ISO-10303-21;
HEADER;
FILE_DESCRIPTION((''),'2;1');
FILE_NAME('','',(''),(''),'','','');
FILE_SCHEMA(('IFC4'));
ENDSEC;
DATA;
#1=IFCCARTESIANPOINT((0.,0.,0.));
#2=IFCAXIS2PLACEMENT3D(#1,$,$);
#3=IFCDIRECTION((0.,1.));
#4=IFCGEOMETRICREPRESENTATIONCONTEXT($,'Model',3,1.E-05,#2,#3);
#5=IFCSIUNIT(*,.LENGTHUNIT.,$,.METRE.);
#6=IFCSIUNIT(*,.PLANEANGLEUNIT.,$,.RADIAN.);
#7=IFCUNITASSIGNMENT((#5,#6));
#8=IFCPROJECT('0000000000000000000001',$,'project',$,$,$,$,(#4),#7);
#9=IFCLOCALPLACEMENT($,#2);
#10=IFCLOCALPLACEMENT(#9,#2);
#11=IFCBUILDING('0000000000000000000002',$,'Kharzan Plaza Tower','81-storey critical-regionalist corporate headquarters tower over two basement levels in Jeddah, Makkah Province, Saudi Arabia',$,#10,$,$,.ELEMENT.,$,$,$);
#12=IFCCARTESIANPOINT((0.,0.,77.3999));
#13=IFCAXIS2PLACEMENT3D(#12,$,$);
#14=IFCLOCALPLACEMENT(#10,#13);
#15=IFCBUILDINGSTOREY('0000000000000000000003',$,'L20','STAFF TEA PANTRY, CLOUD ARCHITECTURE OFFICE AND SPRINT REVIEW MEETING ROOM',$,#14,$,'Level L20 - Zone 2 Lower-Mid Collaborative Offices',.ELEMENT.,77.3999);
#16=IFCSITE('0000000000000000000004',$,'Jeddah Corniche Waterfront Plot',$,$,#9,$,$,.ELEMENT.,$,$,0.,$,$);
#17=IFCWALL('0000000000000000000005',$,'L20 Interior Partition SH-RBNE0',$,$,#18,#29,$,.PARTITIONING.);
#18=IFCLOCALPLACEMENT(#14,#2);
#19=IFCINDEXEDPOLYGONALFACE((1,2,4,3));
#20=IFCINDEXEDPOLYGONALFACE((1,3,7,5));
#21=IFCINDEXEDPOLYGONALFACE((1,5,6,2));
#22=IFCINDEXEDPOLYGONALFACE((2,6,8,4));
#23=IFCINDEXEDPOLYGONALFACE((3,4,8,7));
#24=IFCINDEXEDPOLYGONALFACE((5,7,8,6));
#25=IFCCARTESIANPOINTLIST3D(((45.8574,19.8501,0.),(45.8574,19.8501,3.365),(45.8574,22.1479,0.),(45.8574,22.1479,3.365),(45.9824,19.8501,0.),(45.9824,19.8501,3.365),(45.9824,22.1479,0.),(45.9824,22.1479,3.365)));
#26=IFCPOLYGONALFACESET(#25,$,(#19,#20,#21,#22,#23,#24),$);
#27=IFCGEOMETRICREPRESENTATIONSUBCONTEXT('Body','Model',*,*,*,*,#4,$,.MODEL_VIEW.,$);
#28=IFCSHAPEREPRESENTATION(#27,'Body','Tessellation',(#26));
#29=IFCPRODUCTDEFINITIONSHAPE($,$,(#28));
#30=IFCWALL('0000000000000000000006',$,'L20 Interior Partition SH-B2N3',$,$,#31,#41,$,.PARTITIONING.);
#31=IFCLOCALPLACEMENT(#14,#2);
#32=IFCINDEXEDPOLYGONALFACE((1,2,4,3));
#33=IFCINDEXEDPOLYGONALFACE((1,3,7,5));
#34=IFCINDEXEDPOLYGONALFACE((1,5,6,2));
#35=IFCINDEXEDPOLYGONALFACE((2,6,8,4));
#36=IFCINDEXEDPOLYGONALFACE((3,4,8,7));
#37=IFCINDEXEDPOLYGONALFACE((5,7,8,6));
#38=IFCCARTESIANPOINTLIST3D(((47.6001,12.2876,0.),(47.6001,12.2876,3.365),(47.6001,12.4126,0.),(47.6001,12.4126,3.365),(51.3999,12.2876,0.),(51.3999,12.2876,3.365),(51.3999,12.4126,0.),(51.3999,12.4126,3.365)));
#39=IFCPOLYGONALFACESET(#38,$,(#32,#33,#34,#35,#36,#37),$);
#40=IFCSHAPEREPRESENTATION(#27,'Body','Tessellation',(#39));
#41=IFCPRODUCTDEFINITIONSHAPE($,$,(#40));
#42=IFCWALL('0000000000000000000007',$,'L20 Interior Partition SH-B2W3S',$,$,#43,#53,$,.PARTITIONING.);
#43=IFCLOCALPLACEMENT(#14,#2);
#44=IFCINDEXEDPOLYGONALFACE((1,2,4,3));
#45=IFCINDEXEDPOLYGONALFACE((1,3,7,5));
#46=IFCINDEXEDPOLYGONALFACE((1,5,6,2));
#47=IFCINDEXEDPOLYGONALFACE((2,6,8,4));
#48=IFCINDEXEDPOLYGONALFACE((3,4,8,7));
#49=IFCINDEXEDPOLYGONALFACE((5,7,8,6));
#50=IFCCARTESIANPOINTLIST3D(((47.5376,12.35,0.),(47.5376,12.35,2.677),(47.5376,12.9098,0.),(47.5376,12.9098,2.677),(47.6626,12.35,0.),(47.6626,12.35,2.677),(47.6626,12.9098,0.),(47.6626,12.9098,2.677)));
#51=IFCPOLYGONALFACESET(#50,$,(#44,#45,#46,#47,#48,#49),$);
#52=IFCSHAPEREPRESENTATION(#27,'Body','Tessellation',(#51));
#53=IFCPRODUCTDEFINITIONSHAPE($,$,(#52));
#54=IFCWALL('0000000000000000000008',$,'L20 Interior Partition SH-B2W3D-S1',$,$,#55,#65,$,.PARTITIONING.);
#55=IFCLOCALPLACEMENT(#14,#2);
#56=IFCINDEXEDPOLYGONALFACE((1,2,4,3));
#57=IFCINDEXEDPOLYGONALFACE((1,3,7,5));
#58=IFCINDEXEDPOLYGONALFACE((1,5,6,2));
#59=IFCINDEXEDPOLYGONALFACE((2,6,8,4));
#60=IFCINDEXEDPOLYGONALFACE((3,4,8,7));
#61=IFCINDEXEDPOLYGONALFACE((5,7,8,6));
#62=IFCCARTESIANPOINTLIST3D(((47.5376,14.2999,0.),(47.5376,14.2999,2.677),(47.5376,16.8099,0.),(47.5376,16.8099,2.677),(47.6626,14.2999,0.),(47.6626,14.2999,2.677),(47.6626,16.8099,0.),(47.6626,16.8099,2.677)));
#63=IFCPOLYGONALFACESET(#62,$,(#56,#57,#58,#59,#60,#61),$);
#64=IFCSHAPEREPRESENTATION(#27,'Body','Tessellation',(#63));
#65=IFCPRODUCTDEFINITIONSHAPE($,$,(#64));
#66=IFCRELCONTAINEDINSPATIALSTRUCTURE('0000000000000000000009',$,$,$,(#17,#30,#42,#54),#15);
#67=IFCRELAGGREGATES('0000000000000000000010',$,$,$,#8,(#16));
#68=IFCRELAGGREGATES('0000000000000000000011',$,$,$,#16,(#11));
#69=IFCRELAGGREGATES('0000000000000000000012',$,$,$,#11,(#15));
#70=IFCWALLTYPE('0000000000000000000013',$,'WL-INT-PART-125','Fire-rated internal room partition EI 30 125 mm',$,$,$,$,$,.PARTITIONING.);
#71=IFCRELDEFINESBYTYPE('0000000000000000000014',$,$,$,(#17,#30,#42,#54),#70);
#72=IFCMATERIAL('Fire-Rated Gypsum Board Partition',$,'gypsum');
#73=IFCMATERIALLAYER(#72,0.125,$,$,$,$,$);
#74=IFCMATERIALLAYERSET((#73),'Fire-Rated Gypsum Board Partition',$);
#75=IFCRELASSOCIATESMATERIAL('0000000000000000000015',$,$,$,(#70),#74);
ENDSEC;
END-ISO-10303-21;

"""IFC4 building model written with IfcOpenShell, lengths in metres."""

from ifc_helpers import new_model, si_unit, direction, frame, frame_2d, origin, place, context, subcontext, project, spatial, rectangle, extrude, source, transform, mapped, material, layer, layer_set, type_object, element, save


model = new_model("IFC4")

# Units and contexts
model_context = context("Model", 3, precision=1e-05, world=origin(), true_north=direction((0.0, 1.0)))
body_context = subcontext(model_context, "Body", "Model", "MODEL_VIEW")
ifc_project = project(units=[si_unit("LENGTHUNIT", "METRE"), si_unit("PLANEANGLEUNIT", "RADIAN")], contexts=[model_context])

# Site, building, storey
site_placement = place(None, origin())
site = spatial("IfcSite", under=ifc_project, at=site_placement, Name="Jeddah Corniche Waterfront Plot", CompositionType="ELEMENT", RefElevation=0.0)
building_placement = place(site_placement, origin())
building = spatial("IfcBuilding", under=site, at=building_placement, Name="Kharzan Plaza Tower", Description="81-storey critical-regionalist corporate headquarters tower over two basement levels in Jeddah, Makkah Province, Saudi Arabia", CompositionType="ELEMENT")
storey_placement = place(building_placement, frame((0.0, 0.0, 77.3999)))
storey = spatial("IfcBuildingStorey", under=building, at=storey_placement, Name="L20", Description="STAFF TEA PANTRY, CLOUD ARCHITECTURE OFFICE AND SPRINT REVIEW MEETING ROOM", LongName="Level L20 - Zone 2 Lower-Mid Collaborative Offices", CompositionType="ELEMENT", Elevation=77.3999)

# Shared definitions
ifc_material_1 = material(Name="Fire-Rated Gypsum Board Partition", Category="gypsum")
ifc_layer_1 = layer(ifc_material_1, 0.125)
ifc_layer_set_1 = layer_set([ifc_layer_1], Name="Fire-Rated Gypsum Board Partition")
wall_type_1 = type_object("IfcWallType", Name="WL-INT-PART-125", Description="Fire-rated internal room partition EI 30 125 mm", PredefinedType="PARTITIONING", material=ifc_layer_set_1)

# Walls
shared_shape_1 = source(origin(), body_context, "Body", "SweptSolid", [
    extrude(rectangle(XDim=2.2979, YDim=0.125, at=frame_2d((1.1489, 0.0))), origin(), (0.0, 0.0, 1.0), 3.365),
])
wall_1_placement = place(storey_placement, frame((45.9199, 19.8501, 0.0), z_axis=(0.0, 0.0, 1.0), x_axis=(0.0, 1.0, 0.0)))
element("IfcWall", 1, at=wall_1_placement, inside=storey, type_object=wall_type_1, Name="L20 Interior Partition SH-RBNE0", PredefinedType="PARTITIONING", context=body_context, shape_type="MappedRepresentation", body=[
    mapped(shared_shape_1, transform((0.0, 0.0, 0.0), x_axis=(1.0, 0.0, 0.0), y_axis=(0.0, 1.0, 0.0), z_axis=(0.0, 0.0, 1.0))),
])
shared_shape_2 = source(origin(), body_context, "Body", "SweptSolid", [
    extrude(rectangle(XDim=3.7998, YDim=0.125, at=frame_2d((1.8999, 0.0))), origin(), (0.0, 0.0, 1.0), 3.365),
])
wall_2_placement = place(storey_placement, frame((47.6001, 12.3501, 0.0), z_axis=(0.0, 0.0, 1.0), x_axis=(1.0, 0.0, 0.0)))
element("IfcWall", 2, at=wall_2_placement, inside=storey, type_object=wall_type_1, Name="L20 Interior Partition SH-B2N3", PredefinedType="PARTITIONING", context=body_context, shape_type="MappedRepresentation", body=[
    mapped(shared_shape_2, transform((0.0, 0.0, 0.0), x_axis=(1.0, 0.0, 0.0), y_axis=(0.0, 1.0, 0.0), z_axis=(0.0, 0.0, 1.0))),
])
shared_shape_3 = source(origin(), body_context, "Body", "SweptSolid", [
    extrude(rectangle(XDim=0.5598, YDim=0.125, at=frame_2d((0.2798, 0.0))), origin(), (0.0, 0.0, 1.0), 2.677),
])
wall_3_placement = place(storey_placement, frame((47.6001, 12.3501, 0.0), z_axis=(0.0, 0.0, 1.0), x_axis=(0.0, 1.0, 0.0)))
element("IfcWall", 3, at=wall_3_placement, inside=storey, type_object=wall_type_1, Name="L20 Interior Partition SH-B2W3S", PredefinedType="PARTITIONING", context=body_context, shape_type="MappedRepresentation", body=[
    mapped(shared_shape_3, transform((0.0, 0.0, 0.0), x_axis=(1.0, 0.0, 0.0), y_axis=(0.0, 1.0, 0.0), z_axis=(0.0, 0.0, 1.0))),
])
shared_shape_4 = source(origin(), body_context, "Body", "SweptSolid", [
    extrude(rectangle(XDim=2.51, YDim=0.125, at=frame_2d((1.2549, 0.0))), origin(), (0.0, 0.0, 1.0), 2.677),
])
wall_4_placement = place(storey_placement, frame((47.6001, 14.3, 0.0), z_axis=(0.0, 0.0, 1.0), x_axis=(0.0, 1.0, 0.0)))
element("IfcWall", 4, at=wall_4_placement, inside=storey, type_object=wall_type_1, Name="L20 Interior Partition SH-B2W3D-S1", PredefinedType="PARTITIONING", context=body_context, shape_type="MappedRepresentation", body=[
    mapped(shared_shape_4, transform((0.0, 0.0, 0.0), x_axis=(1.0, 0.0, 0.0), y_axis=(0.0, 1.0, 0.0), z_axis=(0.0, 0.0, 1.0))),
])

save(model, "model.ifc")
